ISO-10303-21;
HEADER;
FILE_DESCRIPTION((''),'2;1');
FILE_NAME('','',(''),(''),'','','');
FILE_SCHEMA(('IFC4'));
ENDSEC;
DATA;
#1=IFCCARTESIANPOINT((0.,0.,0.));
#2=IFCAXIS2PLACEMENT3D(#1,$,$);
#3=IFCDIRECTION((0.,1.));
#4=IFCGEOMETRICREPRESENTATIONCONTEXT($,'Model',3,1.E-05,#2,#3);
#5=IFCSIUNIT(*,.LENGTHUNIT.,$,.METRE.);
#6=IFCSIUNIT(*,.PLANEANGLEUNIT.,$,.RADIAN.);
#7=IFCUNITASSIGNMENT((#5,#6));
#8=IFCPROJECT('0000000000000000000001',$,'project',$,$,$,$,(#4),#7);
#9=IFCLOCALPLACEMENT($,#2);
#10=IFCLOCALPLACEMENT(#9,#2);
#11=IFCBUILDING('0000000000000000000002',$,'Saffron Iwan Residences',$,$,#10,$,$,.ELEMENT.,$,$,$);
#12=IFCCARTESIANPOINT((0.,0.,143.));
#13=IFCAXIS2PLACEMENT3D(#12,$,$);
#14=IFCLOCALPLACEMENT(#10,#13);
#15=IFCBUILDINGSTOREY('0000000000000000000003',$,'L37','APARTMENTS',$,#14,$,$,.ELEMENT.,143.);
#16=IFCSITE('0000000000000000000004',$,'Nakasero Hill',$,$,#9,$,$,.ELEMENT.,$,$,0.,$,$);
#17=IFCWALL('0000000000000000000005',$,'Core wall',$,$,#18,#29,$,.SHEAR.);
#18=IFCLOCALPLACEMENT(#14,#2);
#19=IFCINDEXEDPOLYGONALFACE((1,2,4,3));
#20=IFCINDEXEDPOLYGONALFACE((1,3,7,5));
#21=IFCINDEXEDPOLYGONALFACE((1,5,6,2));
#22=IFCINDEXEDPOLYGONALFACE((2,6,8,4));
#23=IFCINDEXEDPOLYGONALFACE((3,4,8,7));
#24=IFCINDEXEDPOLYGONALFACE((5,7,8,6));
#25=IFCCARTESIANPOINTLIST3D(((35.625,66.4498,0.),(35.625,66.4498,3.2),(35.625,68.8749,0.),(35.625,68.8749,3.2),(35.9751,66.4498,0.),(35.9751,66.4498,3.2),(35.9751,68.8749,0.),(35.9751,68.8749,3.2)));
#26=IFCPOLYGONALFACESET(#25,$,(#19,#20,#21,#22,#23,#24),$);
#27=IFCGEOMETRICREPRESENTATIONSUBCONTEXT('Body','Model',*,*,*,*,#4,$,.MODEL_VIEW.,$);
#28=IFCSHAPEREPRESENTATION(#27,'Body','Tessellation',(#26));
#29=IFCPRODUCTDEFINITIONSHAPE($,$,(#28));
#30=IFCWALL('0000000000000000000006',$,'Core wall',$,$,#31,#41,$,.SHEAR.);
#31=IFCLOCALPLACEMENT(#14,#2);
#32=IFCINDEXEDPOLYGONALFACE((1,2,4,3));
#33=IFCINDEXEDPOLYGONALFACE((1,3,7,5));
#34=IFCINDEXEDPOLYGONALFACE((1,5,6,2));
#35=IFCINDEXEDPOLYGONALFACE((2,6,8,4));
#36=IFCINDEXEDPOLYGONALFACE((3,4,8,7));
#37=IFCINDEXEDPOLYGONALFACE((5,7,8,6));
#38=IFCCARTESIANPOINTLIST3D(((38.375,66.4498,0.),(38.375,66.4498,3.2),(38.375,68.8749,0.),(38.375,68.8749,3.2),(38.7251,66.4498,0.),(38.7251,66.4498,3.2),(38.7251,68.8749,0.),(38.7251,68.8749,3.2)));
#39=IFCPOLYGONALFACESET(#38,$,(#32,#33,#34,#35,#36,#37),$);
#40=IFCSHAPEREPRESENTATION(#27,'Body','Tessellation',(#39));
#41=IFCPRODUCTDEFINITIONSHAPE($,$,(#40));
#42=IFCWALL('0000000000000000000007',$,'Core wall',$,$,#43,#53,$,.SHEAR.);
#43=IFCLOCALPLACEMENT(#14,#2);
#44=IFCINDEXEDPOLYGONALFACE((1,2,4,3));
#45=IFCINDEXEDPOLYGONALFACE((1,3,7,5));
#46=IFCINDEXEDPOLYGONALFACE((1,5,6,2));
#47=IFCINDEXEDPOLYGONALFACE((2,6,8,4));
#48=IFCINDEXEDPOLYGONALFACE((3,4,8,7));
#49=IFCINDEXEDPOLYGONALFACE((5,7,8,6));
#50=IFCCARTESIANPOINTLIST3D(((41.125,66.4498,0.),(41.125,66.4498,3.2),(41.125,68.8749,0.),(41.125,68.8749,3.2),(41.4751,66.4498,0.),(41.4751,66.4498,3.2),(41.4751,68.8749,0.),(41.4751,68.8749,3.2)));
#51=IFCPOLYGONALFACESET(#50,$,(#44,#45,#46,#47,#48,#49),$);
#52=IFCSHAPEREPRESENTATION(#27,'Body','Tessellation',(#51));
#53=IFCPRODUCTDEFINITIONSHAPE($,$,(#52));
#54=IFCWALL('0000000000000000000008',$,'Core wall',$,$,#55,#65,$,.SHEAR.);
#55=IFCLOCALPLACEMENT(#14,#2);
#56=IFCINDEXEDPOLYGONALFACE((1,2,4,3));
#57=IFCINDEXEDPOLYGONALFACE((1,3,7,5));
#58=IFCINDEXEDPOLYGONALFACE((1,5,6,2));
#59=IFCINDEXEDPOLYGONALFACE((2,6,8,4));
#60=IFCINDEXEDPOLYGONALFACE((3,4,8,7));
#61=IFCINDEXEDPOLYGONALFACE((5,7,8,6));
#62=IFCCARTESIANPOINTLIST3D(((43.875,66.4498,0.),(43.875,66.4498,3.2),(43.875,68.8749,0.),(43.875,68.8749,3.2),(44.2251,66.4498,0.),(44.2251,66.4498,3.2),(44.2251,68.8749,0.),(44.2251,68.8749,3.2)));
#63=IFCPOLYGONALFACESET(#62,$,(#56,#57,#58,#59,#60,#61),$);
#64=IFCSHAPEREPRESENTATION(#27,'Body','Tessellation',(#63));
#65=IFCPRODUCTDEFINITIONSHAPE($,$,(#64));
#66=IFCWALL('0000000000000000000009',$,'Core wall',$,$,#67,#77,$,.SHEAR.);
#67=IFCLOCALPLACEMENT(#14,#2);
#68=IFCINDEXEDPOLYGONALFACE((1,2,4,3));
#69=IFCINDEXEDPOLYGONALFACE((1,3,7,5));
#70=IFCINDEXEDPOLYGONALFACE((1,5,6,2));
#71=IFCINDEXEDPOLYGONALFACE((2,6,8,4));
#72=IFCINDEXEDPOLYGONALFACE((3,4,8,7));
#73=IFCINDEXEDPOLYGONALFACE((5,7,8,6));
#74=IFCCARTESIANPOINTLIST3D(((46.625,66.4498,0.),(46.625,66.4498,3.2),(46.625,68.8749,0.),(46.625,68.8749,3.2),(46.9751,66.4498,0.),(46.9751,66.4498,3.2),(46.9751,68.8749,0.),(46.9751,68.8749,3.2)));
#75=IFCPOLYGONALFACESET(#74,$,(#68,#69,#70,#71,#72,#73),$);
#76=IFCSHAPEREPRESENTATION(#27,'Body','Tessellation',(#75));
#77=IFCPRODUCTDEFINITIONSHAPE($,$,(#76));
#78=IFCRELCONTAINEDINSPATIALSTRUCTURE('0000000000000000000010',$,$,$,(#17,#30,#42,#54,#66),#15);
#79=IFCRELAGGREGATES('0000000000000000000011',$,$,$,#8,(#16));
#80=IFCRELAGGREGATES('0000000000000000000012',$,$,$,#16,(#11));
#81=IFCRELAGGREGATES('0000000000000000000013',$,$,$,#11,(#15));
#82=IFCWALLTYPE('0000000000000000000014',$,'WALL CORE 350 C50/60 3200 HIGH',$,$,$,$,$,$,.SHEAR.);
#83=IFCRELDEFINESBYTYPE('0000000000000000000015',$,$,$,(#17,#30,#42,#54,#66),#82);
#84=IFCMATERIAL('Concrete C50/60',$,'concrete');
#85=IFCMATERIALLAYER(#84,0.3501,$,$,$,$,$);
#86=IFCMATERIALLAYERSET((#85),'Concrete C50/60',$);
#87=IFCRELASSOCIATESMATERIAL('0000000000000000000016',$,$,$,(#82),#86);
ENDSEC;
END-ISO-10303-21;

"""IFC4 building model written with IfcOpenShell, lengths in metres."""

from ifc_helpers import new_model, si_unit, direction, frame, frame_2d, origin, place, context, subcontext, project, spatial, rectangle, extrude, material, layer, layer_set, type_object, element, save


model = new_model("IFC4")

# Units and contexts
model_context = context("Model", 3, precision=1e-05, world=origin(), true_north=direction((0.0, 1.0)))
body_context = subcontext(model_context, "Body", "Model", "MODEL_VIEW")
ifc_project = project(units=[si_unit("LENGTHUNIT", "METRE"), si_unit("PLANEANGLEUNIT", "RADIAN")], contexts=[model_context])

# Site, building, storey
site_placement = place(None, origin())
site = spatial("IfcSite", under=ifc_project, at=site_placement, Name="Nakasero Hill", CompositionType="ELEMENT", RefElevation=0.0)
building_placement = place(site_placement, origin())
building = spatial("IfcBuilding", under=site, at=building_placement, Name="Saffron Iwan Residences", CompositionType="ELEMENT")
storey_placement = place(building_placement, frame((0.0, 0.0, 143.0)))
storey = spatial("IfcBuildingStorey", under=building, at=storey_placement, Name="L37", Description="APARTMENTS", CompositionType="ELEMENT", Elevation=143.0)

# Shared definitions
ifc_material_1 = material(Name="Concrete C50/60", Category="concrete")

# Shared definitions
ifc_layer_1 = layer(ifc_material_1, 0.3501)
ifc_layer_set_1 = layer_set([ifc_layer_1], Name="Concrete C50/60")
wall_type_1 = type_object("IfcWallType", Name="WALL CORE 350 C50/60 3200 HIGH", PredefinedType="SHEAR", material=ifc_layer_set_1)

# Walls
for number, where, z_axis, x_axis, name in (
    (1, (35.8, 66.45, 0.0), (0.0, 0.0, 1.0), (0.0, 1.0, 0.0), "Core wall"),
    (2, (38.55, 66.45, 0.0), (0.0, 0.0, 1.0), (0.0, 1.0, 0.0), "Core wall"),
    (3, (41.3, 66.45, 0.0), (0.0, 0.0, 1.0), (0.0, 1.0, 0.0), "Core wall"),
    (4, (44.05, 66.45, 0.0), (0.0, 0.0, 1.0), (0.0, 1.0, 0.0), "Core wall"),
    (5, (46.8, 66.45, 0.0), (0.0, 0.0, 1.0), (0.0, 1.0, 0.0), "Core wall"),
):
    element("IfcWall", number, at=place(storey_placement, frame(where, z_axis=z_axis, x_axis=x_axis)), inside=storey, type_object=wall_type_1, Name=name, PredefinedType="SHEAR", context=body_context, shape_type="SweptSolid", body=[
        extrude(rectangle(XDim=2.425, YDim=0.3501, at=frame_2d((1.2124, 0.0))), origin(), (0.0, 0.0, 1.0), 3.2),
    ])

save(model, "model.ifc")
